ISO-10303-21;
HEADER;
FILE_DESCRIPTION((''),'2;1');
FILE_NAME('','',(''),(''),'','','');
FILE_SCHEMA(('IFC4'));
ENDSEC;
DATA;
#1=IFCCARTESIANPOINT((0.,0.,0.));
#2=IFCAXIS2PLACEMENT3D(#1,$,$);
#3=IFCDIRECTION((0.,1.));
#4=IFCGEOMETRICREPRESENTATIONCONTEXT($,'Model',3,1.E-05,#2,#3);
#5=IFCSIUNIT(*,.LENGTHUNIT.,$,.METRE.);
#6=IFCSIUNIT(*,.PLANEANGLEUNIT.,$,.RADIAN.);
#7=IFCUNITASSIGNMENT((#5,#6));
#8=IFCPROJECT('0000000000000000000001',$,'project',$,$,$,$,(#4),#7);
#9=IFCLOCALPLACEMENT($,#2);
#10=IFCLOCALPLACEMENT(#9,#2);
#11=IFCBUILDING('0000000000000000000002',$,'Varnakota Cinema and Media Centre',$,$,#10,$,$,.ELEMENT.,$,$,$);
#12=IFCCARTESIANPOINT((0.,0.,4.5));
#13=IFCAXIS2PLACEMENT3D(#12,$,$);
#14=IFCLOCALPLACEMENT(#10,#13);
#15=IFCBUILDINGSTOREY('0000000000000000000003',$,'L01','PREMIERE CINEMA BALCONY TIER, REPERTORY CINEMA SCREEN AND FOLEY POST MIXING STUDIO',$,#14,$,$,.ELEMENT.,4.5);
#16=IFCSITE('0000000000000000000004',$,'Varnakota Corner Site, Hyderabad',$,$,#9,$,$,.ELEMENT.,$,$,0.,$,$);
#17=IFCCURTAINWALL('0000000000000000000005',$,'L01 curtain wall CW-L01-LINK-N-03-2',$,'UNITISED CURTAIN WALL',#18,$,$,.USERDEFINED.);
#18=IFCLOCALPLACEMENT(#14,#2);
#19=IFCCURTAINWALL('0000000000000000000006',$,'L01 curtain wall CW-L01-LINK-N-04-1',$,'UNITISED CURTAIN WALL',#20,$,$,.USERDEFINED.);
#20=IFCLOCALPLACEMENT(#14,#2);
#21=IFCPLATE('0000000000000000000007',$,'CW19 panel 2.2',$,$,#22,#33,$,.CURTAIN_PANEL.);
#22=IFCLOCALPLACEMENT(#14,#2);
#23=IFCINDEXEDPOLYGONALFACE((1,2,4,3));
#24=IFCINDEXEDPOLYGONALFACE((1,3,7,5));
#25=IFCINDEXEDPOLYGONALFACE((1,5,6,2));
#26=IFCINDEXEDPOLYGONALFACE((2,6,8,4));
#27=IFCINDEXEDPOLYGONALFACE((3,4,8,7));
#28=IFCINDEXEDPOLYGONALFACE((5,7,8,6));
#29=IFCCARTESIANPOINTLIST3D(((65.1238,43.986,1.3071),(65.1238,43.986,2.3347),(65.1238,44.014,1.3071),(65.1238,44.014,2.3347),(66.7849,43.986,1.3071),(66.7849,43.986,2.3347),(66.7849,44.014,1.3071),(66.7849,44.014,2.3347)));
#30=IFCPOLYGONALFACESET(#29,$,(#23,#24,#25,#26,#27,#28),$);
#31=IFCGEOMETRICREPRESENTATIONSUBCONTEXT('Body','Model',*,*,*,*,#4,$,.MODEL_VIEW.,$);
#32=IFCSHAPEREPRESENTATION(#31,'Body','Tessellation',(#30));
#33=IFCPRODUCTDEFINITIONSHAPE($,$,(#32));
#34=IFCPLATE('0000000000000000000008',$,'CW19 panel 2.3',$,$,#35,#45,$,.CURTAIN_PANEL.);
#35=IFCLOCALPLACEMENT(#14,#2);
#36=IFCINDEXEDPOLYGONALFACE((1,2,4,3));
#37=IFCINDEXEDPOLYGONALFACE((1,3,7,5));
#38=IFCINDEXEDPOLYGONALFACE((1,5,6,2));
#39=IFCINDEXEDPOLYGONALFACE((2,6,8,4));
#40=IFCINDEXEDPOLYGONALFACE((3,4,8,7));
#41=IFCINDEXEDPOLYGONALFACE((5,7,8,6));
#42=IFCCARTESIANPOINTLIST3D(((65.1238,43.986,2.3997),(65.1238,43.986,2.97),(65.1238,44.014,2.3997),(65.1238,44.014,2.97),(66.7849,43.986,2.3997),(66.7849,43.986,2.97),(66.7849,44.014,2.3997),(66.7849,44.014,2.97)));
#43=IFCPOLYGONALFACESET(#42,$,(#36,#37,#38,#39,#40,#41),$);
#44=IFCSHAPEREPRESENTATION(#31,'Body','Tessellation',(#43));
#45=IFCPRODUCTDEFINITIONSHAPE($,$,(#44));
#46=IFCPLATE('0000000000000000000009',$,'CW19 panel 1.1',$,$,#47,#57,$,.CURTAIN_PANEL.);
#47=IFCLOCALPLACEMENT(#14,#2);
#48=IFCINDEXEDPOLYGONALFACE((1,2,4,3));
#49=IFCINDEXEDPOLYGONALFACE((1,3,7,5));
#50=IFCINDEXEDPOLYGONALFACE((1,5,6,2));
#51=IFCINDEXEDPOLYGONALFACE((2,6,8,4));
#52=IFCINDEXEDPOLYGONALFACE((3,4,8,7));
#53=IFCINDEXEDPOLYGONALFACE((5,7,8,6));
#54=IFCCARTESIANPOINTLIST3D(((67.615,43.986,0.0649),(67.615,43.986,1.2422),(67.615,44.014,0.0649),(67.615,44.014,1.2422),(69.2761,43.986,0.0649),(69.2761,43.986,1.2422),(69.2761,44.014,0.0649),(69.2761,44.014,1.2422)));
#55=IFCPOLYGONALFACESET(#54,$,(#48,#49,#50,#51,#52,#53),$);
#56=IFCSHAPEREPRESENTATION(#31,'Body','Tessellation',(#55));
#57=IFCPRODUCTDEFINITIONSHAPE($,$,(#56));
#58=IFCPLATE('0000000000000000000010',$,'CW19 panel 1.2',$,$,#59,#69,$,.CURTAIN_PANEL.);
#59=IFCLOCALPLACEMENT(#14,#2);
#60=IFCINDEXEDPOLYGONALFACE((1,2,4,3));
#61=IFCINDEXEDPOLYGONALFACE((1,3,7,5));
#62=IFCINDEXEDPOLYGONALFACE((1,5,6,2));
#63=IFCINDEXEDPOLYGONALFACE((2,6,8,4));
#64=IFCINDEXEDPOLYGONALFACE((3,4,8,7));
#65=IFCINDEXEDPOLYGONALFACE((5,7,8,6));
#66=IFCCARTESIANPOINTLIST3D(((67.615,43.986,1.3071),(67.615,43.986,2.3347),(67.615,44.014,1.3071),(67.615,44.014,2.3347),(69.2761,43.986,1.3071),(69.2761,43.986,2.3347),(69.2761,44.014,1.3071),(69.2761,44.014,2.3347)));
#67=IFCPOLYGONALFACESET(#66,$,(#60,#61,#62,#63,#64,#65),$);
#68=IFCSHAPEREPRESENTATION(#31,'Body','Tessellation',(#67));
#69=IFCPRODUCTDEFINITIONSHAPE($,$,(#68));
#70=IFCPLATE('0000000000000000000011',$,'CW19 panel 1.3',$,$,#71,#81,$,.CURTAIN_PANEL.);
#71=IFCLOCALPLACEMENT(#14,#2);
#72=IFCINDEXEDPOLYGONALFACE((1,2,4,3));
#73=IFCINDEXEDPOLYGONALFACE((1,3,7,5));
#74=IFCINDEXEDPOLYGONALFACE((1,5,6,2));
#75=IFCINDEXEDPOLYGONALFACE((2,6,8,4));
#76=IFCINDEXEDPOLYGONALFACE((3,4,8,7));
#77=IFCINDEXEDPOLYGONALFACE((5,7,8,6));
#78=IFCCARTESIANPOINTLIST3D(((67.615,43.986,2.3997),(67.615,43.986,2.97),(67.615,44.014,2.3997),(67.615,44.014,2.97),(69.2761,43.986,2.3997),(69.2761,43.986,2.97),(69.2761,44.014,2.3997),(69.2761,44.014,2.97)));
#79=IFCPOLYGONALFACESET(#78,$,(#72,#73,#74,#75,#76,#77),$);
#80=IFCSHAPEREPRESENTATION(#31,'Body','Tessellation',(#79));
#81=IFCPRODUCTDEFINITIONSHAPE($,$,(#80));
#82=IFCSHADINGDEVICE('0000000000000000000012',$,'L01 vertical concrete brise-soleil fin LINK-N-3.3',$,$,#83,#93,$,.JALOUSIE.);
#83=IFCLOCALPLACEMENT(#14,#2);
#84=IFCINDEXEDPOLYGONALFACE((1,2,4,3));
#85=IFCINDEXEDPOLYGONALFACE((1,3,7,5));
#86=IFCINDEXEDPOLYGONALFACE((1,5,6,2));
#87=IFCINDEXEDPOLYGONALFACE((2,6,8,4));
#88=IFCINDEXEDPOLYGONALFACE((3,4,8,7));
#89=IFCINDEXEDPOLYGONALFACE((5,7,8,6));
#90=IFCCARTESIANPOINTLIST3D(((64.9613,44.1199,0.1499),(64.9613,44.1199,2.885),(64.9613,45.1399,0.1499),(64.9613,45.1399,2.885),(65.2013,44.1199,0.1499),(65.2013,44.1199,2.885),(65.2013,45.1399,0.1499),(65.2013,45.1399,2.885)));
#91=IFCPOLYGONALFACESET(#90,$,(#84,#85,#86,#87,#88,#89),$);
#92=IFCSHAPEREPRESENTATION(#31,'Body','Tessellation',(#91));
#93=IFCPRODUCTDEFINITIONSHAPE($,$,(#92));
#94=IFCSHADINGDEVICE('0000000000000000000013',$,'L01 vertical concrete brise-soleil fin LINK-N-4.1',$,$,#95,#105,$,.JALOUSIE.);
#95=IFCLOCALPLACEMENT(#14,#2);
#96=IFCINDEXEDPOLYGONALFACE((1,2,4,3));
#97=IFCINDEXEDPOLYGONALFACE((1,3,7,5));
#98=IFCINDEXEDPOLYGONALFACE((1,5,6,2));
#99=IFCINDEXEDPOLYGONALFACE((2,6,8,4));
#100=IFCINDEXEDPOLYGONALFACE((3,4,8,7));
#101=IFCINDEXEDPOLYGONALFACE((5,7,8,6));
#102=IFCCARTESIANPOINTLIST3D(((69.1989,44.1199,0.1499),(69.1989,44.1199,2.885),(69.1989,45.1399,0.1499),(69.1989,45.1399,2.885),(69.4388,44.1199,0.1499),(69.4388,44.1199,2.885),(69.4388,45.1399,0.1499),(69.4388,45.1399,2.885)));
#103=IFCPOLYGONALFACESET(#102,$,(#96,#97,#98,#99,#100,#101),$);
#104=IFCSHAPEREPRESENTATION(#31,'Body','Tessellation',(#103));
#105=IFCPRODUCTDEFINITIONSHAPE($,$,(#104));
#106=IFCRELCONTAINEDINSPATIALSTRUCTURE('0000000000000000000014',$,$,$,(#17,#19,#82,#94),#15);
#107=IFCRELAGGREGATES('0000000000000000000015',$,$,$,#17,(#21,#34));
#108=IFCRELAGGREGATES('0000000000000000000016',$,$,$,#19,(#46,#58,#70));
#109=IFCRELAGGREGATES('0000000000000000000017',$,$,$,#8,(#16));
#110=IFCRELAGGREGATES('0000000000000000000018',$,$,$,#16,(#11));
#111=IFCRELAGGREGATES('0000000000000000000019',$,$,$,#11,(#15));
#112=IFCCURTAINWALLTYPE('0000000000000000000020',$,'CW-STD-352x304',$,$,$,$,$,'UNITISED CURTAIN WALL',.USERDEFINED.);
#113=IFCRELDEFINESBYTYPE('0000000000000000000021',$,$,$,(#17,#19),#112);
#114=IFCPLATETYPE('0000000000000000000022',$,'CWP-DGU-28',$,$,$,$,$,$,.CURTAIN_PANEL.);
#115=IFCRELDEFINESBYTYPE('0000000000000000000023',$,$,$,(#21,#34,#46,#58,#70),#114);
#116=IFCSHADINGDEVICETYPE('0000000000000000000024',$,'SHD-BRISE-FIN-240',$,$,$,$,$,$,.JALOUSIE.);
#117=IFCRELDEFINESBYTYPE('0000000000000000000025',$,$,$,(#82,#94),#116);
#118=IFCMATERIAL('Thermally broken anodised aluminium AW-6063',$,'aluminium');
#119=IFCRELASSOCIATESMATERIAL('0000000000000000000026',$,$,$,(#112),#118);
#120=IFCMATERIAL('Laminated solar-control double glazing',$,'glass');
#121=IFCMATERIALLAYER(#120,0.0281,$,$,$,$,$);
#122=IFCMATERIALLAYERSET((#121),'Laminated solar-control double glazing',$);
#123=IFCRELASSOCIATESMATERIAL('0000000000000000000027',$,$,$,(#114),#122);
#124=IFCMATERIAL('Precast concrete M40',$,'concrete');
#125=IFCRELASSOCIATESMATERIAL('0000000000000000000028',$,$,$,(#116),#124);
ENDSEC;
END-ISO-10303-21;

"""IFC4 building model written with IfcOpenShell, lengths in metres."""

from ifc_helpers import new_model, si_unit, direction, frame, origin, origin_2d, place, context, subcontext, project, spatial, rectangle, extrude, material, layer, layer_set, type_object, element, aggregate, save


model = new_model("IFC4")

# Units and contexts
model_context = context("Model", 3, precision=1e-05, world=origin(), true_north=direction((0.0, 1.0)))
body_context = subcontext(model_context, "Body", "Model", "MODEL_VIEW")
ifc_project = project(units=[si_unit("LENGTHUNIT", "METRE"), si_unit("PLANEANGLEUNIT", "RADIAN")], contexts=[model_context])

# Site, building, storey
site_placement = place(None, origin())
site = spatial("IfcSite", under=ifc_project, at=site_placement, Name="Varnakota Corner Site, Hyderabad", CompositionType="ELEMENT", RefElevation=0.0)
building_placement = place(site_placement, origin())
building = spatial("IfcBuilding", under=site, at=building_placement, Name="Varnakota Cinema and Media Centre", CompositionType="ELEMENT")
storey_placement = place(building_placement, frame((0.0, 0.0, 4.5)))
storey = spatial("IfcBuildingStorey", under=building, at=storey_placement, Name="L01", Description="PREMIERE CINEMA BALCONY TIER, REPERTORY CINEMA SCREEN AND FOLEY POST MIXING STUDIO", CompositionType="ELEMENT", Elevation=4.5)

# Curtain walls
ifc_material_1 = material(Name="Thermally broken anodised aluminium AW-6063", Category="aluminium")
curtain_wall_type_1 = type_object("IfcCurtainWallType", Name="CW-STD-352x304", ElementType="UNITISED CURTAIN WALL", PredefinedType="USERDEFINED", material=ifc_material_1)
curtain_wall_1_placement = place(storey_placement, origin())
curtain_wall_1 = element("IfcCurtainWall", 1, at=curtain_wall_1_placement, inside=storey, type_object=curtain_wall_type_1, Name="L01 curtain wall CW-L01-LINK-N-03-2", ObjectType="UNITISED CURTAIN WALL", PredefinedType="USERDEFINED")
curtain_wall_2_placement = place(storey_placement, origin())
curtain_wall_2 = element("IfcCurtainWall", 2, at=curtain_wall_2_placement, inside=storey, type_object=curtain_wall_type_1, Name="L01 curtain wall CW-L01-LINK-N-04-1", ObjectType="UNITISED CURTAIN WALL", PredefinedType="USERDEFINED")

# Plates
ifc_material_2 = material(Name="Laminated solar-control double glazing", Category="glass")
ifc_layer = layer(ifc_material_2, 0.0281)
ifc_layer_set = layer_set([ifc_layer], Name="Laminated solar-control double glazing")
plate_type = type_object("IfcPlateType", Name="CWP-DGU-28", PredefinedType="CURTAIN_PANEL", material=ifc_layer_set)
plate_1_placement = place(storey_placement, frame((65.9543, 44.0, 1.3071), z_axis=(0.0, 0.0, 1.0), x_axis=(1.0, 0.0, 0.0)))
plate_1 = element("IfcPlate", 3, at=plate_1_placement, type_object=plate_type, Name="CW19 panel 2.2", PredefinedType="CURTAIN_PANEL", context=body_context, shape_type="SweptSolid", body=[
    extrude(rectangle(XDim=1.6611, YDim=0.0281, at=origin_2d()), origin(), (0.0, 0.0, 1.0), 1.0276),
])
plate_2_placement = place(storey_placement, frame((65.9543, 44.0, 2.3997), z_axis=(0.0, 0.0, 1.0), x_axis=(1.0, 0.0, 0.0)))
plate_2 = element("IfcPlate", 4, at=plate_2_placement, type_object=plate_type, Name="CW19 panel 2.3", PredefinedType="CURTAIN_PANEL", context=body_context, shape_type="SweptSolid", body=[
    extrude(rectangle(XDim=1.6611, YDim=0.0281, at=origin_2d()), origin(), (0.0, 0.0, 1.0), 0.5703),
])
aggregate(curtain_wall_1, [plate_1, plate_2])
plate_3_placement = place(storey_placement, frame((68.4456, 44.0, 0.0649), z_axis=(0.0, 0.0, 1.0), x_axis=(1.0, 0.0, 0.0)))
plate_3 = element("IfcPlate", 5, at=plate_3_placement, type_object=plate_type, Name="CW19 panel 1.1", PredefinedType="CURTAIN_PANEL", context=body_context, shape_type="SweptSolid", body=[
    extrude(rectangle(XDim=1.6611, YDim=0.0281, at=origin_2d()), origin(), (0.0, 0.0, 1.0), 1.1772),
])
plate_4_placement = place(storey_placement, frame((68.4456, 44.0, 1.3071), z_axis=(0.0, 0.0, 1.0), x_axis=(1.0, 0.0, 0.0)))
plate_4 = element("IfcPlate", 6, at=plate_4_placement, type_object=plate_type, Name="CW19 panel 1.2", PredefinedType="CURTAIN_PANEL", context=body_context, shape_type="SweptSolid", body=[
    extrude(rectangle(XDim=1.6611, YDim=0.0281, at=origin_2d()), origin(), (0.0, 0.0, 1.0), 1.0276),
])
plate_5_placement = place(storey_placement, frame((68.4456, 44.0, 2.3997), z_axis=(0.0, 0.0, 1.0), x_axis=(1.0, 0.0, 0.0)))
plate_5 = element("IfcPlate", 7, at=plate_5_placement, type_object=plate_type, Name="CW19 panel 1.3", PredefinedType="CURTAIN_PANEL", context=body_context, shape_type="SweptSolid", body=[
    extrude(rectangle(XDim=1.6611, YDim=0.0281, at=origin_2d()), origin(), (0.0, 0.0, 1.0), 0.5703),
])
aggregate(curtain_wall_2, [plate_3, plate_4, plate_5])

# Shading devices
ifc_material_3 = material(Name="Precast concrete M40", Category="concrete")
shading_device_type = type_object("IfcShadingDeviceType", Name="SHD-BRISE-FIN-240", PredefinedType="JALOUSIE", material=ifc_material_3)
for number, where, z_axis, x_axis, name in (
    (8, (65.0813, 44.6299, 0.1499), (0.0, 0.0, 1.0), (1.0, 0.0, 0.0), "L01 vertical concrete brise-soleil fin LINK-N-3.3"),
    (9, (69.3188, 44.6299, 0.1499), (0.0, 0.0, 1.0), (1.0, 0.0, 0.0), "L01 vertical concrete brise-soleil fin LINK-N-4.1"),
):
    element("IfcShadingDevice", number, at=place(storey_placement, frame(where, z_axis=z_axis, x_axis=x_axis)), inside=storey, type_object=shading_device_type, Name=name, PredefinedType="JALOUSIE", context=body_context, shape_type="SweptSolid", body=[
        extrude(rectangle(XDim=0.24, YDim=1.02, at=origin_2d()), origin(), (0.0, 0.0, 1.0), 2.7351),
    ])

save(model, "model.ifc")
